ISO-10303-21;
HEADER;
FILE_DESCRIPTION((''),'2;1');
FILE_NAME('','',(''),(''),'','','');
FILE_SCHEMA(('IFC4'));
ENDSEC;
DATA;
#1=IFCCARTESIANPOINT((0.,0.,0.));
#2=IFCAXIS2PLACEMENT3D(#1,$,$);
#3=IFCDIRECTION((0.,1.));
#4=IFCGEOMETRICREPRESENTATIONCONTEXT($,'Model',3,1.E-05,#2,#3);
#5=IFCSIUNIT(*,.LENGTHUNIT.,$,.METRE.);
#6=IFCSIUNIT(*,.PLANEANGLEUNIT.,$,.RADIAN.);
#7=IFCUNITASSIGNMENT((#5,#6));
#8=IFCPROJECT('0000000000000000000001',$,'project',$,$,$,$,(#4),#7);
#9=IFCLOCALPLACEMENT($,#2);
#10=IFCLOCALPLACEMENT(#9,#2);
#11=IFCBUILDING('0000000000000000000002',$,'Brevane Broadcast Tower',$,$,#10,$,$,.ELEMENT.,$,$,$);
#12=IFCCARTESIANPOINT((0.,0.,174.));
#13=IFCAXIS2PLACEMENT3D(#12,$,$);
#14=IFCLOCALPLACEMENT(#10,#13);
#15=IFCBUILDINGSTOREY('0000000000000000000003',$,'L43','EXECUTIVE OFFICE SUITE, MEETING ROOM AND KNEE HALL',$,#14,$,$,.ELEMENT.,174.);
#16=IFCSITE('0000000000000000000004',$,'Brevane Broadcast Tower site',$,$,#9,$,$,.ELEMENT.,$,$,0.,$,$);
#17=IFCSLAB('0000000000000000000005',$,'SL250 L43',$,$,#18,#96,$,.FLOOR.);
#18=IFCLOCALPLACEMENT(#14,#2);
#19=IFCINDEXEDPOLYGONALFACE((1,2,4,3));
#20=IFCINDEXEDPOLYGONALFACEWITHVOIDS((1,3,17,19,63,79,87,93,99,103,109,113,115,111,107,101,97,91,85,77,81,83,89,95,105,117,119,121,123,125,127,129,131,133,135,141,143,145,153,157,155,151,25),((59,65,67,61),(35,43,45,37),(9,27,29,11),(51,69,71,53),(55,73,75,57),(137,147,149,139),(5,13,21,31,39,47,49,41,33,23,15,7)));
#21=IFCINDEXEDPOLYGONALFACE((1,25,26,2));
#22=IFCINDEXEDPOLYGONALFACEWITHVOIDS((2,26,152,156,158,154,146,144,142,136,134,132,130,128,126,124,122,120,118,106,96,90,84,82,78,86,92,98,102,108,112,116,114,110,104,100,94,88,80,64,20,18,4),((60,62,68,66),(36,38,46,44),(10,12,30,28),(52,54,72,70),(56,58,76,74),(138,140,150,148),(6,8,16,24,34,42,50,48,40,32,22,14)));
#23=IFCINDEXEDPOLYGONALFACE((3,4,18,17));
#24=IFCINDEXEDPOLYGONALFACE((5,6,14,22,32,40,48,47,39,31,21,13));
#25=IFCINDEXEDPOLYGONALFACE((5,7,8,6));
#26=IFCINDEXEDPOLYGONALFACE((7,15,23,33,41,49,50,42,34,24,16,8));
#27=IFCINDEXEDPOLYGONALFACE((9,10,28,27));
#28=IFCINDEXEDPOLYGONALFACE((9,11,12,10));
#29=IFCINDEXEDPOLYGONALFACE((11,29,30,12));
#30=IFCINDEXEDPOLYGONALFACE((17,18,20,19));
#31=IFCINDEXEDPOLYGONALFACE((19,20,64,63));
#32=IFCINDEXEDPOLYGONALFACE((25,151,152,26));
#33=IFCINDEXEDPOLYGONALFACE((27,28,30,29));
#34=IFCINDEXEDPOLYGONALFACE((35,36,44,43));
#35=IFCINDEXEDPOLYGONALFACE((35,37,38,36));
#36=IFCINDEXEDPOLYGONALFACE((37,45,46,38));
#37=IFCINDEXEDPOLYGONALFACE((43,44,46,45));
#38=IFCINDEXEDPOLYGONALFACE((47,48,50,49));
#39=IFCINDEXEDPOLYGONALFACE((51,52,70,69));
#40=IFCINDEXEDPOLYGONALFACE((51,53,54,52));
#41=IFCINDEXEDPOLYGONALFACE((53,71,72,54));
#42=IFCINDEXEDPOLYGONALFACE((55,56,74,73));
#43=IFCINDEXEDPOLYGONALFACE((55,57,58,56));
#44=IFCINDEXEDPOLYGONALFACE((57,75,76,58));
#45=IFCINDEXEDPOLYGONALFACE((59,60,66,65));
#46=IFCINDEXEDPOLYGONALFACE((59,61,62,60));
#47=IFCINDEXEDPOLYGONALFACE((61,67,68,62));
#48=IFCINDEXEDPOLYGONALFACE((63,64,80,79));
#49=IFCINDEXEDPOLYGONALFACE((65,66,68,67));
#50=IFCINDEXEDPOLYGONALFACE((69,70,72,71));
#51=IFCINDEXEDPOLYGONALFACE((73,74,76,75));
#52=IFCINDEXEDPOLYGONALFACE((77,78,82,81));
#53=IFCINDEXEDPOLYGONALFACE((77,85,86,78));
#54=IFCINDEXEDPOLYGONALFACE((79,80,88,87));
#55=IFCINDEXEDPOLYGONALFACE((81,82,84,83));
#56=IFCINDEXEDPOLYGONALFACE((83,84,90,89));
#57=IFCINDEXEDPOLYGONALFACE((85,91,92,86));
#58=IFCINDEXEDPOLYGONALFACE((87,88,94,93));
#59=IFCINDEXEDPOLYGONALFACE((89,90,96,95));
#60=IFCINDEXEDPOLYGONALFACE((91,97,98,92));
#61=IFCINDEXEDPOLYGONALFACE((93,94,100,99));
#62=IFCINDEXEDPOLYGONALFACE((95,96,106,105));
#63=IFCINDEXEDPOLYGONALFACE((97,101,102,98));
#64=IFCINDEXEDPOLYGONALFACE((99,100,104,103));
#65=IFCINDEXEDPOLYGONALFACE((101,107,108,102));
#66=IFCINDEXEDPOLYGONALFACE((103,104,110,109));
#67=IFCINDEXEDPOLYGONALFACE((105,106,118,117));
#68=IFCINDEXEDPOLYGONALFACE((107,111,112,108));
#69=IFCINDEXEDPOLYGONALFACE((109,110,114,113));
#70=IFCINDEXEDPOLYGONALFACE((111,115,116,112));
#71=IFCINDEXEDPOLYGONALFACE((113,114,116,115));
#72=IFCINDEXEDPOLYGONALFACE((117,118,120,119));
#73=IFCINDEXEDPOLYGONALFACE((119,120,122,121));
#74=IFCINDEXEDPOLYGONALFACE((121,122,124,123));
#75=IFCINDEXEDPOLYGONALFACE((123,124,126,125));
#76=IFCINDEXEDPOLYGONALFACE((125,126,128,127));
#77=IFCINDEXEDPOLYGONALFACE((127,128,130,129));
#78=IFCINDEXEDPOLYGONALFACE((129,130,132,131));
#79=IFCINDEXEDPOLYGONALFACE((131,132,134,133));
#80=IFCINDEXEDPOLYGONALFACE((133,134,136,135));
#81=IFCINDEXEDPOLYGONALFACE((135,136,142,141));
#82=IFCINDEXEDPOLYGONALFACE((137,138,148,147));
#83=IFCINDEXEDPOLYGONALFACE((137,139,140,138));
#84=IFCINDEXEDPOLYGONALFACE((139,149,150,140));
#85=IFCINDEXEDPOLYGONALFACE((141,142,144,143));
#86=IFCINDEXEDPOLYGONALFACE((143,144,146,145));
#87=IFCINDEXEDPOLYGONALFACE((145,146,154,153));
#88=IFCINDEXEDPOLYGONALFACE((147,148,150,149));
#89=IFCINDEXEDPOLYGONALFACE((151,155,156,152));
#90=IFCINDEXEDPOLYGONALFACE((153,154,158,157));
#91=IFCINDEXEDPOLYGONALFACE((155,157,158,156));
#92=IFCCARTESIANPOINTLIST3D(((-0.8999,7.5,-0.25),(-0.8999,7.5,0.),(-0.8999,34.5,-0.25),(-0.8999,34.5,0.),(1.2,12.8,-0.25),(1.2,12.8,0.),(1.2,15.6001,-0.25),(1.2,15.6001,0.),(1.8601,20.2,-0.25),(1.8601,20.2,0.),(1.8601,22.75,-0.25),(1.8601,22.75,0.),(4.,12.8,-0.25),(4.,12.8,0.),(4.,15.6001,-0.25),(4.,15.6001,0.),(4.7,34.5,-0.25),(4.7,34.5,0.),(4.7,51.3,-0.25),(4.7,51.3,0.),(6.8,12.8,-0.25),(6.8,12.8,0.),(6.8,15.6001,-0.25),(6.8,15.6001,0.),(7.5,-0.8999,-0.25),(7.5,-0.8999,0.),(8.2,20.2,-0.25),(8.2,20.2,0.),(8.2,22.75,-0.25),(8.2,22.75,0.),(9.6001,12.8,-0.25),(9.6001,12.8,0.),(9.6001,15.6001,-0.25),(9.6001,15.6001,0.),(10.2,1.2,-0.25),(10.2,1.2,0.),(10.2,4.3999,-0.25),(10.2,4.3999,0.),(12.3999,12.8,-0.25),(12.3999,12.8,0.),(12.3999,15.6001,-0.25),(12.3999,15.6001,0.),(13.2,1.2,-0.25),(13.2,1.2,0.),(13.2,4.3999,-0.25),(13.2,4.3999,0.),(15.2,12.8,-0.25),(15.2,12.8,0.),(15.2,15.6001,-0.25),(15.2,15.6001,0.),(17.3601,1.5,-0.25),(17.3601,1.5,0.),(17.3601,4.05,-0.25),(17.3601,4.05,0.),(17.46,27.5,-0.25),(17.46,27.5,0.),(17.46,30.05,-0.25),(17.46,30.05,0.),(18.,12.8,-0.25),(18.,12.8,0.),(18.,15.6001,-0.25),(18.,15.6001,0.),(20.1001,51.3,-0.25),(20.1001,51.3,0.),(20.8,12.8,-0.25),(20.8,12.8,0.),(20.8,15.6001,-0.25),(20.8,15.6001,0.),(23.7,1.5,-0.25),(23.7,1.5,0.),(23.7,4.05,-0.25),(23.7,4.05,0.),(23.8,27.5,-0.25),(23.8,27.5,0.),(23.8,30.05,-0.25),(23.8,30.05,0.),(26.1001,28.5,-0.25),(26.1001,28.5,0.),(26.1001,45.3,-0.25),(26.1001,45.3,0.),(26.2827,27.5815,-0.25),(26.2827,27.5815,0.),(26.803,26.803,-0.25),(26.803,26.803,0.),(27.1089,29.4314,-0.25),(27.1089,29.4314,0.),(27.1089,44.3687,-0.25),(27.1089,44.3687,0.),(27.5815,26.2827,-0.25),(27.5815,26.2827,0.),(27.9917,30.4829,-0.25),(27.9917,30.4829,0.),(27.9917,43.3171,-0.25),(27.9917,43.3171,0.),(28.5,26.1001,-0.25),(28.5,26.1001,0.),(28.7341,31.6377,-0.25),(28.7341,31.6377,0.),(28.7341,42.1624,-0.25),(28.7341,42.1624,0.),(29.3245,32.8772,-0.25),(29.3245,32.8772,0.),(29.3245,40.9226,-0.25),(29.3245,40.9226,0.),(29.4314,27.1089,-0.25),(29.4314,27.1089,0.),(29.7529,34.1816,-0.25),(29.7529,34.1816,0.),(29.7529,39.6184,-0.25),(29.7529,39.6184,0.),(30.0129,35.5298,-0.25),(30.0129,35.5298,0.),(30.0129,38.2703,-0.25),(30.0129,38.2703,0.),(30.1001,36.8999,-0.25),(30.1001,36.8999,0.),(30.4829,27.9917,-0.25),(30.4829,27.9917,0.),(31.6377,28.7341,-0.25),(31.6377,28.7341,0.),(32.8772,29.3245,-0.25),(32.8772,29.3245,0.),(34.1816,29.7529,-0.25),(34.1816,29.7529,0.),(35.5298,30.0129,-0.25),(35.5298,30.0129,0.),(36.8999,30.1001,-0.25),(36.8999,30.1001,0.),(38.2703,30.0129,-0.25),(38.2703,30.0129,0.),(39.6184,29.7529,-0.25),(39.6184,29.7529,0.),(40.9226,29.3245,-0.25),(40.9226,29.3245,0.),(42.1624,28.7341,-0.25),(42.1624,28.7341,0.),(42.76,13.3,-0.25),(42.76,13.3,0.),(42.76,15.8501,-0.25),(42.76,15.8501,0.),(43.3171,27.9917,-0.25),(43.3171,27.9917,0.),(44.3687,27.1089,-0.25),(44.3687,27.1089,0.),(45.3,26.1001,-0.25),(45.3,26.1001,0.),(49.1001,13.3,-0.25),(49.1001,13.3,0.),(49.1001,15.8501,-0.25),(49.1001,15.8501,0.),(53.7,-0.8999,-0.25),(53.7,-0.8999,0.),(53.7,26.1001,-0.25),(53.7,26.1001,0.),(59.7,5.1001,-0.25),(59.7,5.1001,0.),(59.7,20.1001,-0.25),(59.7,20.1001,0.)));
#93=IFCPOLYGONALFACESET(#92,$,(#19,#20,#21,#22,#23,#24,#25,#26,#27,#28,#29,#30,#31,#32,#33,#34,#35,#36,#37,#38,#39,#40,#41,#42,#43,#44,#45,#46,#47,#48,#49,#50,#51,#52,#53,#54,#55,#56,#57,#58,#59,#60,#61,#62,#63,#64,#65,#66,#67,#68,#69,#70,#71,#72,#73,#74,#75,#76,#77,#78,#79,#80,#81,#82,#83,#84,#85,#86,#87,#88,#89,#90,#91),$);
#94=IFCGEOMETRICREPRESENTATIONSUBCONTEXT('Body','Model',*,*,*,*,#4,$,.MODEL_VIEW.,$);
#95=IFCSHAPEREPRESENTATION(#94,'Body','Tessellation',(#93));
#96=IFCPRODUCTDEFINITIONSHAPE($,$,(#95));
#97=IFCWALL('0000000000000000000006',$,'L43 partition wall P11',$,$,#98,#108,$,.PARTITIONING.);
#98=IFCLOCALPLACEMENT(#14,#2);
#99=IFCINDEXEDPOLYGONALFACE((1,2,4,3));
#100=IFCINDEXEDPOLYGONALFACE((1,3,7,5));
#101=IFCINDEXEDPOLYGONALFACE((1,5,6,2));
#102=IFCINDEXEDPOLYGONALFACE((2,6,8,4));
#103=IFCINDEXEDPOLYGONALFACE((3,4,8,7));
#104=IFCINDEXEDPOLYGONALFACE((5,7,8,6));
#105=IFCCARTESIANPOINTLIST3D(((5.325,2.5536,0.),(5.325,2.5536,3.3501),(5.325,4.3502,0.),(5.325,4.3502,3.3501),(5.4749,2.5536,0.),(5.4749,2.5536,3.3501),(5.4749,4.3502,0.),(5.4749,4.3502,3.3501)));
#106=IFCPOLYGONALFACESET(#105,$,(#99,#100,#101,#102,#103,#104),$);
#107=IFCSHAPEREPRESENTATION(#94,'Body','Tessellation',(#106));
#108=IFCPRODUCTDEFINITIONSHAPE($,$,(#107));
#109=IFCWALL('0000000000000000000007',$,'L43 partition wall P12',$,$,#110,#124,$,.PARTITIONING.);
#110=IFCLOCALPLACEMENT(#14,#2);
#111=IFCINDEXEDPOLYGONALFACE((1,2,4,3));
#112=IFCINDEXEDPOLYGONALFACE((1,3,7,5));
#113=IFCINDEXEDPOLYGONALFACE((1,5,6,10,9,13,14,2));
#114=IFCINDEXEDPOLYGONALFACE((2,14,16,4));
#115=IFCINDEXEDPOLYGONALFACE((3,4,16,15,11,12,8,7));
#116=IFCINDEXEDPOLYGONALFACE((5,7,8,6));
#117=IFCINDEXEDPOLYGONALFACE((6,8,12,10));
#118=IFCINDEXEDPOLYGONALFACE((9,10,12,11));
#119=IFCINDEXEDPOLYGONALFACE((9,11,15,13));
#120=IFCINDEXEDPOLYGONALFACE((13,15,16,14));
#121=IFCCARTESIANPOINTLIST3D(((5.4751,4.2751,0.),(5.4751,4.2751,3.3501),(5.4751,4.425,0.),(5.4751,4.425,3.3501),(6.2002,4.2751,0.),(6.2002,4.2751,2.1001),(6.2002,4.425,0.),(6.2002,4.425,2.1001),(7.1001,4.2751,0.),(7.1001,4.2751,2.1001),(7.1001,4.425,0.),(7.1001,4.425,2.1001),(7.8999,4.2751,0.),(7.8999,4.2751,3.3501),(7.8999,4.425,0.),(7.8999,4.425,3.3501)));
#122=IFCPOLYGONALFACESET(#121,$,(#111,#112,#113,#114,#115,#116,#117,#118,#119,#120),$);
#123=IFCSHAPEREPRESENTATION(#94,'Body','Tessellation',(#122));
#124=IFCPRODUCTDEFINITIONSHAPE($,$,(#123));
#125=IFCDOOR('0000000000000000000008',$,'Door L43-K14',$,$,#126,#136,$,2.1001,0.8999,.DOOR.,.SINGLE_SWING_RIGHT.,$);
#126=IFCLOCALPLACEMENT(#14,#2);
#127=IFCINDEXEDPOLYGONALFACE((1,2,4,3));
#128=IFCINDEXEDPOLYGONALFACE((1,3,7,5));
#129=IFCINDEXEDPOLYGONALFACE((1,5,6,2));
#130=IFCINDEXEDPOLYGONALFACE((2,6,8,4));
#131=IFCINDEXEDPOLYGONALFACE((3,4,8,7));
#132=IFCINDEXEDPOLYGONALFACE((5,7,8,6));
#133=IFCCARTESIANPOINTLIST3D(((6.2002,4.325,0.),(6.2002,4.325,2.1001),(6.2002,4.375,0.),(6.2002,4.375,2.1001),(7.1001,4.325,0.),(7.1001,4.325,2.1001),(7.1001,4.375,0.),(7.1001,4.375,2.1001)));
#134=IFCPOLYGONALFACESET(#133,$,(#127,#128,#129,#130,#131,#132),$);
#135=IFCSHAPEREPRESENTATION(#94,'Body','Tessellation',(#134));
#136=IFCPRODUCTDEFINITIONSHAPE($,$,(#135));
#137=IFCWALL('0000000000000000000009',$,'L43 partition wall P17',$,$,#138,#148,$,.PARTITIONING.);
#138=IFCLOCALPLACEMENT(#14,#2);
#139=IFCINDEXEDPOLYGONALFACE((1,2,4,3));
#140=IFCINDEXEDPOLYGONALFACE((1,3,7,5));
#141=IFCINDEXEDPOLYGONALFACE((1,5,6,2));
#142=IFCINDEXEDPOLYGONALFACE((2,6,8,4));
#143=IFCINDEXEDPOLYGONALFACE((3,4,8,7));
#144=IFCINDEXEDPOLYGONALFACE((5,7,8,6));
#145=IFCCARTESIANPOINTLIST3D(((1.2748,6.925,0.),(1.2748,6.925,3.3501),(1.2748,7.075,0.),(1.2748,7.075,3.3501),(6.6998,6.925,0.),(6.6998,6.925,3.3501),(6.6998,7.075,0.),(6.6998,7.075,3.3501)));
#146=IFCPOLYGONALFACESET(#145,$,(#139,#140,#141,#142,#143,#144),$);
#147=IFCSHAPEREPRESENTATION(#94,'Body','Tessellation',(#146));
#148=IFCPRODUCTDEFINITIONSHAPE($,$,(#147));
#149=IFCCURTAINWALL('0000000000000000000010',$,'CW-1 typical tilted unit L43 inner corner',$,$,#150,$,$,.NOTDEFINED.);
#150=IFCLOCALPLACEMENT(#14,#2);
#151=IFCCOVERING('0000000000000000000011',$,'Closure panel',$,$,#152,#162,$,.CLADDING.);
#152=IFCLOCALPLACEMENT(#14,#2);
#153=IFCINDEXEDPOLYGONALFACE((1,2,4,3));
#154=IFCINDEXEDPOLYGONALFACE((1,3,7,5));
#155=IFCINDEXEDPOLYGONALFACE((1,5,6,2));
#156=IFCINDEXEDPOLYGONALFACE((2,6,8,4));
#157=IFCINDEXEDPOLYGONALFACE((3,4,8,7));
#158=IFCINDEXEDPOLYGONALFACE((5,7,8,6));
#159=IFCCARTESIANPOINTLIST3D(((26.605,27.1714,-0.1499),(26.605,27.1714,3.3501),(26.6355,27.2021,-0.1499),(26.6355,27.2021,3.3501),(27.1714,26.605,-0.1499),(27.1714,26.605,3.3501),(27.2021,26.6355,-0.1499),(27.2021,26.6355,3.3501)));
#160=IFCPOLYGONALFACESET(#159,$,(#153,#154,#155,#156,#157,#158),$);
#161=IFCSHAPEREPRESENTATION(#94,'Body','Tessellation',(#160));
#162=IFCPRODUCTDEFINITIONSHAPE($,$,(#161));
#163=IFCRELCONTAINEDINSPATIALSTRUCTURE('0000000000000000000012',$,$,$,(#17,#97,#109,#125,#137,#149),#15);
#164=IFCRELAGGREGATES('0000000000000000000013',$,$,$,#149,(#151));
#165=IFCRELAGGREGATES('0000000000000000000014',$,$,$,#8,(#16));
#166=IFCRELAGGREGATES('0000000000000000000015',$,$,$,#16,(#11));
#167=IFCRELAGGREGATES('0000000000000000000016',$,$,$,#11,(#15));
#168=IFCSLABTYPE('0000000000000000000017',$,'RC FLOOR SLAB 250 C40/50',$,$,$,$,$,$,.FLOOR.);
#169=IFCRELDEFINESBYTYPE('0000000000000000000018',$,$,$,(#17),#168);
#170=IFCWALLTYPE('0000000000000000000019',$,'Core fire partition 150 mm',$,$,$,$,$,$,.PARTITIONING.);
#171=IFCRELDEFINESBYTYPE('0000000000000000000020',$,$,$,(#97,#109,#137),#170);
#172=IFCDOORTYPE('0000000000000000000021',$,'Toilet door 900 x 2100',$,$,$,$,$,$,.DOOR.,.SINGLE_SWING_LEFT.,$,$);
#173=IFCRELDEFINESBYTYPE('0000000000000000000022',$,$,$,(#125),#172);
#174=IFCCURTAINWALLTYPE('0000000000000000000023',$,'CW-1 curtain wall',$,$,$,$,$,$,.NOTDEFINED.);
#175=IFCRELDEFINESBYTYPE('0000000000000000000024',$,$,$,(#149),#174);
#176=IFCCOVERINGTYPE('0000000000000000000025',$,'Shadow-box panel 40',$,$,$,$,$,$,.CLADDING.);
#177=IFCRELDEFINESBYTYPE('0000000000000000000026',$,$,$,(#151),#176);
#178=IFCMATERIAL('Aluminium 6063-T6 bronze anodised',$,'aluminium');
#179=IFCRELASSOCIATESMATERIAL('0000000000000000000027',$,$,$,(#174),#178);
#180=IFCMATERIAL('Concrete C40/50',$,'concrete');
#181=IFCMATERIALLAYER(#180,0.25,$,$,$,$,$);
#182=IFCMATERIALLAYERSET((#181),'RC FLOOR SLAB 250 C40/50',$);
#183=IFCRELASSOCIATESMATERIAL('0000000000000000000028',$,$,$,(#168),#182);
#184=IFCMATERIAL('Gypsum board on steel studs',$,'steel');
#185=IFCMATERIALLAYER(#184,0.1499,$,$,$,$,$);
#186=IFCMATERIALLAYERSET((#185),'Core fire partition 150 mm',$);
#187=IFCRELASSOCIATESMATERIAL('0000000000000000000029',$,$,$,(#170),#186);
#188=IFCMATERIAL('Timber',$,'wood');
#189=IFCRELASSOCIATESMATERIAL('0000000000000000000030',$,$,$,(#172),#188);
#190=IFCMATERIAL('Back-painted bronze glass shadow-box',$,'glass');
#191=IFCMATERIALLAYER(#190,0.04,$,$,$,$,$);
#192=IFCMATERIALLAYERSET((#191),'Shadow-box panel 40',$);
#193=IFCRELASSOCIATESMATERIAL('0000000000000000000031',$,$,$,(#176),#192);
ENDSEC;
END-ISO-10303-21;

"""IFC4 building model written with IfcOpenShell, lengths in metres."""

from ifc_helpers import new_model, si_unit, direction, frame, frame_2d, origin, place, context, subcontext, project, spatial, polyline, rectangle, outline, extrude, material, layer, layer_set, type_object, element, fill, aggregate, save


model = new_model("IFC4")

# Units and contexts
model_context = context("Model", 3, precision=1e-05, world=origin(), true_north=direction((0.0, 1.0)))
body_context = subcontext(model_context, "Body", "Model", "MODEL_VIEW")
ifc_project = project(units=[si_unit("LENGTHUNIT", "METRE"), si_unit("PLANEANGLEUNIT", "RADIAN")], contexts=[model_context])

# Site, building, storey
site_placement = place(None, origin())
site = spatial("IfcSite", under=ifc_project, at=site_placement, Name="Brevane Broadcast Tower site", CompositionType="ELEMENT", RefElevation=0.0)
building_placement = place(site_placement, origin())
building = spatial("IfcBuilding", under=site, at=building_placement, Name="Brevane Broadcast Tower", CompositionType="ELEMENT")
storey_placement = place(building_placement, frame((0.0, 0.0, 174.0)))
storey = spatial("IfcBuildingStorey", under=building, at=storey_placement, Name="L43", Description="EXECUTIVE OFFICE SUITE, MEETING ROOM AND KNEE HALL", CompositionType="ELEMENT", Elevation=174.0)

# Shared definitions
ifc_material_1 = material(Name="Aluminium 6063-T6 bronze anodised", Category="aluminium")
curtain_wall_type = type_object("IfcCurtainWallType", Name="CW-1 curtain wall", PredefinedType="NOTDEFINED", material=ifc_material_1)

# Slab
ifc_material_2 = material(Name="Concrete C40/50", Category="concrete")
ifc_layer_1 = layer(ifc_material_2, 0.25)
ifc_layer_set_1 = layer_set([ifc_layer_1], Name="RC FLOOR SLAB 250 C40/50")
slab_type_1 = type_object("IfcSlabType", Name="RC FLOOR SLAB 250 C40/50", PredefinedType="FLOOR", material=ifc_layer_set_1)
slab_1_placement = place(storey_placement, frame((0.0, 0.0, -0.25)))
element("IfcSlab", 1, at=slab_1_placement, inside=storey, type_object=slab_type_1, Name="SL250 L43", PredefinedType="FLOOR", context=body_context, shape_type="SweptSolid", body=[
    extrude(outline(polyline([(-0.8999, 7.5), (-0.8999, 34.5), (4.7, 34.5), (4.7, 51.3), (20.1001, 51.3), (26.1001, 45.3), (27.1089, 44.3687), (27.9917, 43.3171), (28.7341, 42.1624), (29.3245, 40.9226), (29.7529, 39.6184), (30.0129, 38.2703), (30.1001, 36.8999), (30.0129, 35.5298), (29.7529, 34.1816), (29.3245, 32.8772), (28.7341, 31.6377), (27.9917, 30.4829), (27.1089, 29.4314), (26.1001, 28.5), (26.2827, 27.5815), (26.803, 26.803), (27.5815, 26.2827), (28.5, 26.1001), (29.4314, 27.1089), (30.4829, 27.9917), (31.6377, 28.7341), (32.8772, 29.3245), (34.1816, 29.7529), (35.5298, 30.0129), (36.8999, 30.1001), (38.2703, 30.0129), (39.6184, 29.7529), (40.9226, 29.3245), (42.1624, 28.7341), (43.3171, 27.9917), (44.3687, 27.1089), (45.3, 26.1001), (53.7, 26.1001), (59.7, 20.1001), (59.7, 5.1001), (53.7, -0.8999), (7.5, -0.8999), (-0.8999, 7.5)]), holes=[polyline([(13.2, 4.3999), (10.2, 4.3999), (10.2, 1.2), (13.2, 1.2), (13.2, 4.3999)]), polyline([(4.0, 15.6001), (1.2, 15.6001), (1.2, 12.8), (4.0, 12.8), (6.8, 12.8), (9.6001, 12.8), (12.3999, 12.8), (15.2, 12.8), (15.2, 15.6001), (12.3999, 15.6001), (9.6001, 15.6001), (6.8, 15.6001), (4.0, 15.6001)]), polyline([(1.8601, 22.75), (1.8601, 20.2), (8.2, 20.2), (8.2, 22.75), (1.8601, 22.75)]), polyline([(23.7, 4.05), (17.3601, 4.05), (17.3601, 1.5), (23.7, 1.5), (23.7, 4.05)]), polyline([(20.8, 15.6001), (18.0, 15.6001), (18.0, 12.8), (20.8, 12.8), (20.8, 15.6001)]), polyline([(49.1001, 15.8501), (42.76, 15.8501), (42.76, 13.3), (49.1001, 13.3), (49.1001, 15.8501)]), polyline([(23.8, 30.05), (17.46, 30.05), (17.46, 27.5), (23.8, 27.5), (23.8, 30.05)])]), origin(), (0.0, 0.0, 1.0), 0.25),
])

# Wall
ifc_material_3 = material(Name="Gypsum board on steel studs", Category="steel")
ifc_layer_2 = layer(ifc_material_3, 0.1499)
ifc_layer_set_2 = layer_set([ifc_layer_2], Name="Core fire partition 150 mm")
wall_type = type_object("IfcWallType", Name="Core fire partition 150 mm", PredefinedType="PARTITIONING", material=ifc_layer_set_2)
wall_1_placement = place(storey_placement, frame((5.3999, 2.5535, 0.0), z_axis=(0.0, 0.0, 1.0), x_axis=(0.0, 1.0, 0.0)))
element("IfcWall", 2, at=wall_1_placement, inside=storey, type_object=wall_type, Name="L43 partition wall P11", PredefinedType="PARTITIONING", context=body_context, shape_type="SweptSolid", body=[
    extrude(rectangle(XDim=1.7966, YDim=0.1499, at=frame_2d((0.8984, 0.0))), origin(), (0.0, 0.0, 1.0), 3.3501),
])

# Wall, opening, door
wall_2_placement = place(storey_placement, frame((5.4751, 4.3501, 0.0), z_axis=(0.0, 0.0, 1.0), x_axis=(1.0, 0.0, 0.0)))
wall_2 = element("IfcWall", 3, at=wall_2_placement, inside=storey, type_object=wall_type, Name="L43 partition wall P12", PredefinedType="PARTITIONING", context=body_context, shape_type="SweptSolid", body=[
    extrude(rectangle(XDim=2.4248, YDim=0.1499, at=frame_2d((1.2124, 0.0))), origin(), (0.0, 0.0, 1.0), 3.3501),
])
opening_placement = place(wall_2_placement, frame((0.7251, 0.0, 0.0)))
opening = element("IfcOpeningElement", 4, at=opening_placement, cuts=wall_2, PredefinedType="OPENING", context=body_context, shape_type="SweptSolid", body=[
    extrude(rectangle(XDim=0.8999, YDim=2.1001, at=frame_2d((0.45, 1.05))), frame((0.0, 0.085, 0.0), z_axis=(0.0, -1.0, 0.0), x_axis=(1.0, 0.0, 0.0)), (0.0, 0.0, 1.0), 0.1699),
])
ifc_material_4 = material(Name="Timber", Category="wood")
door_type = type_object("IfcDoorType", Name="Toilet door 900 x 2100", OperationType="SINGLE_SWING_LEFT", PredefinedType="DOOR", material=ifc_material_4)
door_placement = place(opening_placement, origin())
door = element("IfcDoor", 5, at=door_placement, inside=storey, type_object=door_type, Name="Door L43-K14", OperationType="SINGLE_SWING_RIGHT", OverallHeight=2.1001, OverallWidth=0.8999, PredefinedType="DOOR", context=body_context, shape_type="SweptSolid", body=[
    extrude(rectangle(XDim=0.8999, YDim=2.1001, at=frame_2d((0.45, 1.05))), frame((0.0, 0.0249, 0.0), z_axis=(0.0, -1.0, 0.0), x_axis=(1.0, 0.0, 0.0)), (0.0, 0.0, 1.0), 0.05),
])
fill(opening, door)

# Wall
wall_3_placement = place(storey_placement, frame((1.2749, 7.0, 0.0), z_axis=(0.0, 0.0, 1.0), x_axis=(1.0, 0.0, 0.0)))
element("IfcWall", 6, at=wall_3_placement, inside=storey, type_object=wall_type, Name="L43 partition wall P17", PredefinedType="PARTITIONING", context=body_context, shape_type="SweptSolid", body=[
    extrude(rectangle(XDim=5.425, YDim=0.1499, at=frame_2d((2.7124, 0.0))), origin(), (0.0, 0.0, 1.0), 3.3501),
])

# Curtain wall, covering
curtain_wall_1_placement = place(storey_placement, origin())
curtain_wall_1 = element("IfcCurtainWall", 7, at=curtain_wall_1_placement, inside=storey, type_object=curtain_wall_type, Name="CW-1 typical tilted unit L43 inner corner", PredefinedType="NOTDEFINED")
ifc_material_5 = material(Name="Back-painted bronze glass shadow-box", Category="glass")
ifc_layer_3 = layer(ifc_material_5, 0.04)
ifc_layer_set_3 = layer_set([ifc_layer_3], Name="Shadow-box panel 40")
covering_type = type_object("IfcCoveringType", Name="Shadow-box panel 40", PredefinedType="CLADDING", material=ifc_layer_set_3)
covering_placement = place(storey_placement, frame((0.0, 0.0, -0.1499)))
covering = element("IfcCovering", 8, at=covering_placement, type_object=covering_type, Name="Closure panel", PredefinedType="CLADDING", context=body_context, shape_type="SweptSolid", body=[
    extrude(outline(polyline([(27.1714, 26.605), (27.2021, 26.6355), (26.6355, 27.2021), (26.605, 27.1714), (27.1714, 26.605)])), origin(), (0.0, 0.0, 1.0), 3.5),
])
aggregate(curtain_wall_1, [covering])

save(model, "model.ifc")
